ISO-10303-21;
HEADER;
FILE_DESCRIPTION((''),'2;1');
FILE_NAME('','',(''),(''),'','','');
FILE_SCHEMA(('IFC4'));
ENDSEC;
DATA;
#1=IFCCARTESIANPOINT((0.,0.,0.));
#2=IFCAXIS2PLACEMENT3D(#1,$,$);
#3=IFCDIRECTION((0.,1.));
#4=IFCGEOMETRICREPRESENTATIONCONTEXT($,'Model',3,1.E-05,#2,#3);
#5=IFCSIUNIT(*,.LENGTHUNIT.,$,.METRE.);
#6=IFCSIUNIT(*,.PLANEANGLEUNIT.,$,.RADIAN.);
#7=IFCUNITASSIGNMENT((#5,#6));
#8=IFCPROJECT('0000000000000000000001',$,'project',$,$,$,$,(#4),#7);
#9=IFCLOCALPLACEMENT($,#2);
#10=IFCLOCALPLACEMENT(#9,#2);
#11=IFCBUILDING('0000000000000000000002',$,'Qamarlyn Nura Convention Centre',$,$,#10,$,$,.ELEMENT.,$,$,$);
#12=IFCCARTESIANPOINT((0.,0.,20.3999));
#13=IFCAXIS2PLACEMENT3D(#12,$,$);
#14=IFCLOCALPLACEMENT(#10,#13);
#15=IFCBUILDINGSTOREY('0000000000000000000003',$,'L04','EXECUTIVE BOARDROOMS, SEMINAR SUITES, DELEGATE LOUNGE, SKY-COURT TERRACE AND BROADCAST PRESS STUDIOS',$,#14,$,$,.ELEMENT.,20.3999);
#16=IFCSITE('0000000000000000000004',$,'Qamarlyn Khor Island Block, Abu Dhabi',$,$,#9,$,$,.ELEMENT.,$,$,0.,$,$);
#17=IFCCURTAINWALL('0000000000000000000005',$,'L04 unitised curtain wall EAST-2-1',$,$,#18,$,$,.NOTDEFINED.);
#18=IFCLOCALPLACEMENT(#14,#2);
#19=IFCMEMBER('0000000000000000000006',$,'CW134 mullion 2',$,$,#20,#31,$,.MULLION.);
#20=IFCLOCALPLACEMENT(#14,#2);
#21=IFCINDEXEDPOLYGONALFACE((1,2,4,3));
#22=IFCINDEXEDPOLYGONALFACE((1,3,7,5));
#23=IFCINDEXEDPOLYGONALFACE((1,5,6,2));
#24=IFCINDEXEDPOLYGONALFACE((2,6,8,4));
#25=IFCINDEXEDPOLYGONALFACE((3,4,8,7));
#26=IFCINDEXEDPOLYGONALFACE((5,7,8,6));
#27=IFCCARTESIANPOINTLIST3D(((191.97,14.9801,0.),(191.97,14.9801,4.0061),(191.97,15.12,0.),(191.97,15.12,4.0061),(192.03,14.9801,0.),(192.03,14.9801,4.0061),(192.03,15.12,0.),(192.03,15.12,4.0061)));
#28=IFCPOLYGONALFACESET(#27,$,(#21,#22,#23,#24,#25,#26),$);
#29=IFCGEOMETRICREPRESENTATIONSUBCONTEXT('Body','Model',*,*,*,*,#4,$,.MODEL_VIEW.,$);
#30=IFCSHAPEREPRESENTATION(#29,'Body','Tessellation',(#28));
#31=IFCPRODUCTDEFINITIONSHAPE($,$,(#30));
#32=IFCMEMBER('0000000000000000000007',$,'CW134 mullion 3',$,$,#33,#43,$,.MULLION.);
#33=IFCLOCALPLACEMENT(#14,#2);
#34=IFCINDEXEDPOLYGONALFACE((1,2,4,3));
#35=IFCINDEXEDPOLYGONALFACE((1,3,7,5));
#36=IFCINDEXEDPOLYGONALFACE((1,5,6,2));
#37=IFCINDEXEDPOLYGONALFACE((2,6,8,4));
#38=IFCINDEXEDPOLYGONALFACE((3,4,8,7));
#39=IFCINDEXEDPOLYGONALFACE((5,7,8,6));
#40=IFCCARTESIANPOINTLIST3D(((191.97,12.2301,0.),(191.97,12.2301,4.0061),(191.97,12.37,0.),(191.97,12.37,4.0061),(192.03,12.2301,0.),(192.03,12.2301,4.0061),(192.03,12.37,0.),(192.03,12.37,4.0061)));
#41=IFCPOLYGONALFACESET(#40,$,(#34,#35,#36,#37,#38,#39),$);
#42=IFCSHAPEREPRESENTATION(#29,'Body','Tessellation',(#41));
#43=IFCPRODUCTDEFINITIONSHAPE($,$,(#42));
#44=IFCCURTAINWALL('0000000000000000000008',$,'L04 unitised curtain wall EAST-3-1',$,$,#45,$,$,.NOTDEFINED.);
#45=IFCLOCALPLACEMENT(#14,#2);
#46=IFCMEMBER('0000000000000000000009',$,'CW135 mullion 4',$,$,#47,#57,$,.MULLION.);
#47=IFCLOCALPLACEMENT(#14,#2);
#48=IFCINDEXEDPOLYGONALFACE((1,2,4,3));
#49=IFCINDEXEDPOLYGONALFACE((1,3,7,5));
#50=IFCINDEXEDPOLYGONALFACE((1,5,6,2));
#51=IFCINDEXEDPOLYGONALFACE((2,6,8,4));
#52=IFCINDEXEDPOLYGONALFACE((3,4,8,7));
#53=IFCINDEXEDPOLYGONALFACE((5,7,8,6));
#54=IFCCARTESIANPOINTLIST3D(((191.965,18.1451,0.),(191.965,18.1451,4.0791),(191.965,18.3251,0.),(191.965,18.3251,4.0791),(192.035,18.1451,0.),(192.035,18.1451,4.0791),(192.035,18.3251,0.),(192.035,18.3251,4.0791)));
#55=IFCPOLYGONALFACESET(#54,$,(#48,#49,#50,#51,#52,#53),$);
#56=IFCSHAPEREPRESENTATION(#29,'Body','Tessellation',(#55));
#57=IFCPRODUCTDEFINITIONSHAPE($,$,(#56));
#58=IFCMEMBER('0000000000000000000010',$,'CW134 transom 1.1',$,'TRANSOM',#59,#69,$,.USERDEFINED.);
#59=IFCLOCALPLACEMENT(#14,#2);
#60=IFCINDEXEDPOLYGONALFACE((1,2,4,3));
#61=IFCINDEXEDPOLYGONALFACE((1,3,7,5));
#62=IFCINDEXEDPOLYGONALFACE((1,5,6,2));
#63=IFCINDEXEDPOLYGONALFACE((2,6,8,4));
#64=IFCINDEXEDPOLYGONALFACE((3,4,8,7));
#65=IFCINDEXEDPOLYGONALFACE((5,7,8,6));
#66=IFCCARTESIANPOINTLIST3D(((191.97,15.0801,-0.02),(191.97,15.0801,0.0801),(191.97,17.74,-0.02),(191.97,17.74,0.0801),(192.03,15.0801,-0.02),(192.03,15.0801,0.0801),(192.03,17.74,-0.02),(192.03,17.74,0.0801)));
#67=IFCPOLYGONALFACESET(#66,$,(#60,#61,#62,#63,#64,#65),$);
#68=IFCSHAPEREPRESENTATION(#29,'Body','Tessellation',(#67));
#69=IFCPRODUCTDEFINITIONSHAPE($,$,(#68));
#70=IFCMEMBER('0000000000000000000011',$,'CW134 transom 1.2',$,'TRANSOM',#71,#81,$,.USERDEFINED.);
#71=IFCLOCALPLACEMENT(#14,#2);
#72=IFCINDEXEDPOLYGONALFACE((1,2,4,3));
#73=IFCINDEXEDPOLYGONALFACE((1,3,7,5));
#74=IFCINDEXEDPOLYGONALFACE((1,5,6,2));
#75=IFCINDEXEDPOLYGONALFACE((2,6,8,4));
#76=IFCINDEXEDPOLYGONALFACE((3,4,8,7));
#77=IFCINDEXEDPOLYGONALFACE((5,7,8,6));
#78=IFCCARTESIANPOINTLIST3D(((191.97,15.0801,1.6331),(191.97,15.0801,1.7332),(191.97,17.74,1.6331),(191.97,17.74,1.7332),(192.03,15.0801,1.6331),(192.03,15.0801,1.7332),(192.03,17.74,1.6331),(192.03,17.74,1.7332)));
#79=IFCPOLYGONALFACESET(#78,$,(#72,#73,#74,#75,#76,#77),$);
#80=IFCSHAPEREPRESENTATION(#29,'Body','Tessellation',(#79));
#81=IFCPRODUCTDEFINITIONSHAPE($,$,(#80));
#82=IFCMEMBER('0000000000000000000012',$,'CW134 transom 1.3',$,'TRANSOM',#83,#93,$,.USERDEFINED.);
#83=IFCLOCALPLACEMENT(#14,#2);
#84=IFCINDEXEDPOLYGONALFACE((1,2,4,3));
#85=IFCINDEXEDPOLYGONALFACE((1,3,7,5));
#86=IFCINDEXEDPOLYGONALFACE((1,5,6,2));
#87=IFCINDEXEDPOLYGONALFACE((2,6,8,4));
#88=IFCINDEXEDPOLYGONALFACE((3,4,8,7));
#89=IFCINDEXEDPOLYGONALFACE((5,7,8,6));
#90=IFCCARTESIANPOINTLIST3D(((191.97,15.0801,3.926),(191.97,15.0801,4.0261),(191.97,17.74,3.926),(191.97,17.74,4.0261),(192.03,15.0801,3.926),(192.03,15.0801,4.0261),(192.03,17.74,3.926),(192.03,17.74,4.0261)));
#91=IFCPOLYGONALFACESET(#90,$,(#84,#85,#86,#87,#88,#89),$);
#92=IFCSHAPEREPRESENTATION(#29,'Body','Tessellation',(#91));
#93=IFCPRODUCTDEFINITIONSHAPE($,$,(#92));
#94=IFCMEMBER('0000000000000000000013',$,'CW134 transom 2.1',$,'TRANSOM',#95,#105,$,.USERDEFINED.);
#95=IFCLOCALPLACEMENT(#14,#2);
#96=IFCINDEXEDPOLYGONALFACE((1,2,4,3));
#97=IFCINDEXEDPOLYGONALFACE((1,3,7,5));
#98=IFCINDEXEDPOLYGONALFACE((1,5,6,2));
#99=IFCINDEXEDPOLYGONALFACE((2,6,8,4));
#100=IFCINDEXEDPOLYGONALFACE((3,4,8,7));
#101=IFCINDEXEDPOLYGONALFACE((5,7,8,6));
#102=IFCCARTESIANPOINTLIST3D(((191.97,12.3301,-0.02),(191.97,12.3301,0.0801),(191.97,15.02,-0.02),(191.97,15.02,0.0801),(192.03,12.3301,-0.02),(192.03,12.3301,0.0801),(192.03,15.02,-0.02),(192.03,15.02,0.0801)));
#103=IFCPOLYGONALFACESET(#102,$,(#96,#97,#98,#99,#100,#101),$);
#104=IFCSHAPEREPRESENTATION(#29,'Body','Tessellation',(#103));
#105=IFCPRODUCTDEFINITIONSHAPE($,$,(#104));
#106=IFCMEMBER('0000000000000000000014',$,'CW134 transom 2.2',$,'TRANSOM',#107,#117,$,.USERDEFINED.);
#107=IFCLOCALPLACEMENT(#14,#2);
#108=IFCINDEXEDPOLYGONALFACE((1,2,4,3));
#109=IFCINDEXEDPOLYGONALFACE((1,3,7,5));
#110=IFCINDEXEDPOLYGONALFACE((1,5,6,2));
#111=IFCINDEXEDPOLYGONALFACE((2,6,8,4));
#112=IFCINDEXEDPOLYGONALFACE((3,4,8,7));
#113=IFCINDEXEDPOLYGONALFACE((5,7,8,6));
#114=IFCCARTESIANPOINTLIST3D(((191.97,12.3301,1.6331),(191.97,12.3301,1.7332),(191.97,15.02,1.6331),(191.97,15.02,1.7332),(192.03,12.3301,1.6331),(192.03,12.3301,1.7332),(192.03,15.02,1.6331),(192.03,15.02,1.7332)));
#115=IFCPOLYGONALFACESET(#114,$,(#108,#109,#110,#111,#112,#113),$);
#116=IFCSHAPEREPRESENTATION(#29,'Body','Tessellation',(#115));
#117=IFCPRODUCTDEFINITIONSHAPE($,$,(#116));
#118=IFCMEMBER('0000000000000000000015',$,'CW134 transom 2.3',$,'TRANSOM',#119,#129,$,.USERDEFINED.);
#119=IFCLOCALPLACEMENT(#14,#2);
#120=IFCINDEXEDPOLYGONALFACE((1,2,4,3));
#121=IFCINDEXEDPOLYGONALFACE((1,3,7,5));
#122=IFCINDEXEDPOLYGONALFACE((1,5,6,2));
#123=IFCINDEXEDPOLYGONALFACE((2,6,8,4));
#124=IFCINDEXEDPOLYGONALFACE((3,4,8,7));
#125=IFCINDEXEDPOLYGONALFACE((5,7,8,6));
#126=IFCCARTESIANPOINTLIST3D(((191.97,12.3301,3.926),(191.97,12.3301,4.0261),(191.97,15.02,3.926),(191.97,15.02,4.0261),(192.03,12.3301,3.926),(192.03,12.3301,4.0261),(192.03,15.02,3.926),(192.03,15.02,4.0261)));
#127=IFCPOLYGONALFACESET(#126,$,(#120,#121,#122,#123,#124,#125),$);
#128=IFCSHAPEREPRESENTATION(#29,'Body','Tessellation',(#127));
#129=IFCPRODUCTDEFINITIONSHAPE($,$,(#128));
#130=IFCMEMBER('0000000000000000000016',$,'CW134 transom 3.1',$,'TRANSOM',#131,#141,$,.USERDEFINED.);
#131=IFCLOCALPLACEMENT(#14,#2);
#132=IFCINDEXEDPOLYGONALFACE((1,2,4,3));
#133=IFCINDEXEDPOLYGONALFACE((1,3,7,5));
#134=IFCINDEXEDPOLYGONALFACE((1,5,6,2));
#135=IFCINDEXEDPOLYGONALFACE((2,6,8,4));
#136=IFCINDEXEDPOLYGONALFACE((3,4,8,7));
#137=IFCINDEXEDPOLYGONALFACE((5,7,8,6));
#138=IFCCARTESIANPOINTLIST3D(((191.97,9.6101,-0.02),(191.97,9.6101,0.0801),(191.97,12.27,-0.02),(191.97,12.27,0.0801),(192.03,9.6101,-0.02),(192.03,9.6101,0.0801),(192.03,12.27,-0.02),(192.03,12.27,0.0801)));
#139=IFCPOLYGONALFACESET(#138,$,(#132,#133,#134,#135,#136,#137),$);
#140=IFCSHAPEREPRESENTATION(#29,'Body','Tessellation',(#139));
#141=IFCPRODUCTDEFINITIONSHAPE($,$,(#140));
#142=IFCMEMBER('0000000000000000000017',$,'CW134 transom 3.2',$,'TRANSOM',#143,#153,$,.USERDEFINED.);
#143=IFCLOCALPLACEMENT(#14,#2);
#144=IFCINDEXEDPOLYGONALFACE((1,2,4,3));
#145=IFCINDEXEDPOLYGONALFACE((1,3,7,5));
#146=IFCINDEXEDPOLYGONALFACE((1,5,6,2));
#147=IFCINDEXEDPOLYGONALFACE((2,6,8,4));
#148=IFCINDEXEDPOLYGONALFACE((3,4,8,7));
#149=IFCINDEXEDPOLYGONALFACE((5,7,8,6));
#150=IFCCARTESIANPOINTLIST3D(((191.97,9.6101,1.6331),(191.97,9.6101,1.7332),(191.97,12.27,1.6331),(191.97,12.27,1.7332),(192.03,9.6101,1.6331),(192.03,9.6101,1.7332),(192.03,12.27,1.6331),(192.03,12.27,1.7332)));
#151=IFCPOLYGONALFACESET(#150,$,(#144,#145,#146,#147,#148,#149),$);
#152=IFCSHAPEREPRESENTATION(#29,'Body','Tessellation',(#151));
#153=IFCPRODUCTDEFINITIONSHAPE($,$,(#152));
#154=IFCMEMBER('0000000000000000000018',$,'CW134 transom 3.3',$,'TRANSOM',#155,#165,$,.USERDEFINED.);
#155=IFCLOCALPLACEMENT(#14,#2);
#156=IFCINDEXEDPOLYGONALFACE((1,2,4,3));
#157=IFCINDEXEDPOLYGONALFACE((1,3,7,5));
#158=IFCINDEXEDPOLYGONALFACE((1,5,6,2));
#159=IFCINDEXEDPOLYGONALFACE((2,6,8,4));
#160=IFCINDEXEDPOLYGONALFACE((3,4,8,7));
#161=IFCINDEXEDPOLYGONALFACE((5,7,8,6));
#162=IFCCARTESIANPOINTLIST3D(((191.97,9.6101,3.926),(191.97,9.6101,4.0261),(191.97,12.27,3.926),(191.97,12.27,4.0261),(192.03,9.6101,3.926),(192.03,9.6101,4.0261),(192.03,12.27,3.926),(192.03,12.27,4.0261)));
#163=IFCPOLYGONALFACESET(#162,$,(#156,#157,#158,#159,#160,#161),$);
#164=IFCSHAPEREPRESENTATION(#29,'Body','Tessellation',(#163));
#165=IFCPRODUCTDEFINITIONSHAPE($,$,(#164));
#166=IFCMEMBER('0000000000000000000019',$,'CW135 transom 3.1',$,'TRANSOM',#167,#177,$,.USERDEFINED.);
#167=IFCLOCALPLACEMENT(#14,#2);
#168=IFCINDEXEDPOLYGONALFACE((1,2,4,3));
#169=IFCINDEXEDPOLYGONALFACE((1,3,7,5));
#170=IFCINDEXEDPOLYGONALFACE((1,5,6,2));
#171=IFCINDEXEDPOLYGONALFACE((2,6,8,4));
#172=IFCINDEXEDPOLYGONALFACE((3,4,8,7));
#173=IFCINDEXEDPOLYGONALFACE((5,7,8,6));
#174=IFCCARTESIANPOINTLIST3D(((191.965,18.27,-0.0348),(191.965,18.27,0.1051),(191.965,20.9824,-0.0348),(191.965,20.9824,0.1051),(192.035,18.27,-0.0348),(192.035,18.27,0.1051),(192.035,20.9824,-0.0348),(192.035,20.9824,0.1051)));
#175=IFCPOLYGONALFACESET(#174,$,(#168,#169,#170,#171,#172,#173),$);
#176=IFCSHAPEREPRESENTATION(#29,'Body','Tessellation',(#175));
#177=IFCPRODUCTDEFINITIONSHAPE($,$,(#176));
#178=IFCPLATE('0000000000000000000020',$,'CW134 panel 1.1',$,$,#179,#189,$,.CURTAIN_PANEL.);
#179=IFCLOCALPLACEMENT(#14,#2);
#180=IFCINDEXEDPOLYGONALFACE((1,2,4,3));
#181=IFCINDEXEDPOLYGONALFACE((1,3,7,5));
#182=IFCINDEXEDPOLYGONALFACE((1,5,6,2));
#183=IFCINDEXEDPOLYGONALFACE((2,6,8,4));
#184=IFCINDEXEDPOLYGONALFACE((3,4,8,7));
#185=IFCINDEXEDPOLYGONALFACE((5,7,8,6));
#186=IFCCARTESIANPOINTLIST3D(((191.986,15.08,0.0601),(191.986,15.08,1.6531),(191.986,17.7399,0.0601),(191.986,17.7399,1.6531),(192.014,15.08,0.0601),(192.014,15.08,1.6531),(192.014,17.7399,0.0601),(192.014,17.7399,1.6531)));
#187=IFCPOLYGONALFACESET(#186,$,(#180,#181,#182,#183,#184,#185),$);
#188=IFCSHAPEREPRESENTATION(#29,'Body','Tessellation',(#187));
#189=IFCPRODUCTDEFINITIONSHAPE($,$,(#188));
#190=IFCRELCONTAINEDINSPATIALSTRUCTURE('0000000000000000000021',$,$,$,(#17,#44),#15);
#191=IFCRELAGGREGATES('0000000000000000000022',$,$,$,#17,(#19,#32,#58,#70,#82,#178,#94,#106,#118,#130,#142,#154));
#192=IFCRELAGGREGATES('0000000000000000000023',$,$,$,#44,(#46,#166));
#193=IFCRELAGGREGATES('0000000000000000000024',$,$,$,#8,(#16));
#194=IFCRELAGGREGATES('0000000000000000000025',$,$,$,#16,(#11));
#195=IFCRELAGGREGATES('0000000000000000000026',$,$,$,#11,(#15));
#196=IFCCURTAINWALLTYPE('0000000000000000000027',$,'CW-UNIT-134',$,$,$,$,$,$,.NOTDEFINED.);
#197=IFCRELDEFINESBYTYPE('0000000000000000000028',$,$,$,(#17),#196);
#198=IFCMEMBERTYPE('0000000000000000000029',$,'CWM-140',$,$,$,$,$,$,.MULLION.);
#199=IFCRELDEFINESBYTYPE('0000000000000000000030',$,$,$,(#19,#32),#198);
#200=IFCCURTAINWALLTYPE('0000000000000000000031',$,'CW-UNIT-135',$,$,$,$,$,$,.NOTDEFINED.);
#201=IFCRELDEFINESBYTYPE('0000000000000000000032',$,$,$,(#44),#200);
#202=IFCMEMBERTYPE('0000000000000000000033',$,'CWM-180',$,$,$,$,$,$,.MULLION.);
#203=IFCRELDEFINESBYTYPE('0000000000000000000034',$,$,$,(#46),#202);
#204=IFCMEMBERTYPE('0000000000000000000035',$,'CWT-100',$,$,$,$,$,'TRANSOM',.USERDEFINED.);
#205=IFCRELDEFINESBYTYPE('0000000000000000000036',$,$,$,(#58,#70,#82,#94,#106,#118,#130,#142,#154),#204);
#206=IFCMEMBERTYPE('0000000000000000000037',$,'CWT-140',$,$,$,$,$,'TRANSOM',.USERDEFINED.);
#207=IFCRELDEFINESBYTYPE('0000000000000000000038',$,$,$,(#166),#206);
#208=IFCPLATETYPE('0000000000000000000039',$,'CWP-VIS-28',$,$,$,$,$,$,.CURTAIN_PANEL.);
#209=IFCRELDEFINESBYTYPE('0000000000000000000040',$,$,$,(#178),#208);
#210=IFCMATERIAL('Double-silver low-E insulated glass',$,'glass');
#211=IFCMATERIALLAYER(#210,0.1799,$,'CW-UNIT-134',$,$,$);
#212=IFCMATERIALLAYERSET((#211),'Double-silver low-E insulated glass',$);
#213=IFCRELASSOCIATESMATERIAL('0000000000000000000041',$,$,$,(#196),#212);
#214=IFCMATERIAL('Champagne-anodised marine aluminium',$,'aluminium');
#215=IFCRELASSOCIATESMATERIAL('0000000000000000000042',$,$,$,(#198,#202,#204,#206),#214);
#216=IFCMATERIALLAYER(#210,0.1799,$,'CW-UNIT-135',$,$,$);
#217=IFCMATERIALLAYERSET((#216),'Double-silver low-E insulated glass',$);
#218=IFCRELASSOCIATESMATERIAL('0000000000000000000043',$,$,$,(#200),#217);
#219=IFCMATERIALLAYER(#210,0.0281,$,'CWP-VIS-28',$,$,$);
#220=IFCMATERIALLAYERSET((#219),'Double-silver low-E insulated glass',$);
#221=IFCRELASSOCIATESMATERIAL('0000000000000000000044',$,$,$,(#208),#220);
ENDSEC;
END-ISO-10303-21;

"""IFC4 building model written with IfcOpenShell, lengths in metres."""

from ifc_helpers import new_model, si_unit, direction, frame, origin, origin_2d, place, context, subcontext, project, spatial, rectangle, extrude, material, layer, layer_set, material_profile, profile_set, type_object, element, aggregate, save


model = new_model("IFC4")

# Units and contexts
model_context = context("Model", 3, precision=1e-05, world=origin(), true_north=direction((0.0, 1.0)))
body_context = subcontext(model_context, "Body", "Model", "MODEL_VIEW")
ifc_project = project(units=[si_unit("LENGTHUNIT", "METRE"), si_unit("PLANEANGLEUNIT", "RADIAN")], contexts=[model_context])

# Site, building, storey
site_placement = place(None, origin())
site = spatial("IfcSite", under=ifc_project, at=site_placement, Name="Qamarlyn Khor Island Block, Abu Dhabi", CompositionType="ELEMENT", RefElevation=0.0)
building_placement = place(site_placement, origin())
building = spatial("IfcBuilding", under=site, at=building_placement, Name="Qamarlyn Nura Convention Centre", CompositionType="ELEMENT")
storey_placement = place(building_placement, frame((0.0, 0.0, 20.3999)))
storey = spatial("IfcBuildingStorey", under=building, at=storey_placement, Name="L04", Description="EXECUTIVE BOARDROOMS, SEMINAR SUITES, DELEGATE LOUNGE, SKY-COURT TERRACE AND BROADCAST PRESS STUDIOS", CompositionType="ELEMENT", Elevation=20.3999)

# Curtain wall, members
ifc_material_1 = material(Name="Double-silver low-E insulated glass", Category="glass")
ifc_layer_1 = layer(ifc_material_1, 0.1799, Name="CW-UNIT-134")
ifc_layer_set_1 = layer_set([ifc_layer_1], Name="Double-silver low-E insulated glass")
curtain_wall_type_1 = type_object("IfcCurtainWallType", Name="CW-UNIT-134", PredefinedType="NOTDEFINED", material=ifc_layer_set_1)
curtain_wall_1_placement = place(storey_placement, origin())
curtain_wall_1 = element("IfcCurtainWall", 1, at=curtain_wall_1_placement, inside=storey, type_object=curtain_wall_type_1, Name="L04 unitised curtain wall EAST-2-1", PredefinedType="NOTDEFINED")
ifc_material_2 = material(Name="Champagne-anodised marine aluminium", Category="aluminium")
ifc_material_profile_1 = material_profile(ifc_material_2, rectangle(XDim=0.0601, YDim=0.1399, at=origin_2d()), Name="ALU MULLION 60x140")
ifc_profile_set_1 = profile_set([ifc_material_profile_1], Name="Champagne-anodised marine aluminium")
member_type_1 = type_object("IfcMemberType", Name="CWM-140", PredefinedType="MULLION", material=ifc_profile_set_1)
member_1_placement = place(storey_placement, frame((192.0, 15.05, 0.0), z_axis=(0.0, 0.0, 1.0), x_axis=(1.0, 0.0, 0.0)))
member_1 = element("IfcMember", 2, at=member_1_placement, type_object=member_type_1, Name="CW134 mullion 2", PredefinedType="MULLION", context=body_context, shape_type="SweptSolid", body=[
    extrude(rectangle(XDim=0.0601, YDim=0.1399, at=origin_2d()), origin(), (0.0, 0.0, 1.0), 4.0061),
])
member_2_placement = place(storey_placement, frame((192.0, 12.3, 0.0), z_axis=(0.0, 0.0, 1.0), x_axis=(1.0, 0.0, 0.0)))
member_2 = element("IfcMember", 3, at=member_2_placement, type_object=member_type_1, Name="CW134 mullion 3", PredefinedType="MULLION", context=body_context, shape_type="SweptSolid", body=[
    extrude(rectangle(XDim=0.0601, YDim=0.1399, at=origin_2d()), origin(), (0.0, 0.0, 1.0), 4.0061),
])

# Curtain wall, member
ifc_layer_2 = layer(ifc_material_1, 0.1799, Name="CW-UNIT-135")
ifc_layer_set_2 = layer_set([ifc_layer_2], Name="Double-silver low-E insulated glass")
curtain_wall_type_2 = type_object("IfcCurtainWallType", Name="CW-UNIT-135", PredefinedType="NOTDEFINED", material=ifc_layer_set_2)
curtain_wall_2_placement = place(storey_placement, origin())
curtain_wall_2 = element("IfcCurtainWall", 4, at=curtain_wall_2_placement, inside=storey, type_object=curtain_wall_type_2, Name="L04 unitised curtain wall EAST-3-1", PredefinedType="NOTDEFINED")
ifc_material_profile_2 = material_profile(ifc_material_2, rectangle(XDim=0.0701, YDim=0.1799, at=origin_2d()), Name="ALU MULLION 70x180")
ifc_profile_set_2 = profile_set([ifc_material_profile_2], Name="Champagne-anodised marine aluminium")
member_type_2 = type_object("IfcMemberType", Name="CWM-180", PredefinedType="MULLION", material=ifc_profile_set_2)
member_3_placement = place(storey_placement, frame((192.0, 18.2351, 0.0), z_axis=(0.0, 0.0, 1.0), x_axis=(1.0, 0.0, 0.0)))
member_3 = element("IfcMember", 5, at=member_3_placement, type_object=member_type_2, Name="CW135 mullion 4", PredefinedType="MULLION", context=body_context, shape_type="SweptSolid", body=[
    extrude(rectangle(XDim=0.0701, YDim=0.1799, at=origin_2d()), origin(), (0.0, 0.0, 1.0), 4.0791),
])

# Members
ifc_material_profile_3 = material_profile(ifc_material_2, rectangle(XDim=0.0601, YDim=0.1001, at=origin_2d()), Name="ALU TRANSOM 60x100")
ifc_profile_set_3 = profile_set([ifc_material_profile_3], Name="Champagne-anodised marine aluminium")
member_type_3 = type_object("IfcMemberType", Name="CWT-100", ElementType="TRANSOM", PredefinedType="USERDEFINED", material=ifc_profile_set_3)
member_4_placement = place(storey_placement, frame((192.0, 17.74, 0.03), z_axis=(0.0, -1.0, 0.0), x_axis=(1.0, 0.0, 0.0)))
member_4 = element("IfcMember", 6, at=member_4_placement, type_object=member_type_3, Name="CW134 transom 1.1", ObjectType="TRANSOM", PredefinedType="USERDEFINED", context=body_context, shape_type="SweptSolid", body=[
    extrude(rectangle(XDim=0.0601, YDim=0.1001, at=origin_2d()), origin(), (0.0, 0.0, 1.0), 2.6599),
])
member_5_placement = place(storey_placement, frame((192.0, 17.74, 1.6831), z_axis=(0.0, -1.0, 0.0), x_axis=(1.0, 0.0, 0.0)))
member_5 = element("IfcMember", 7, at=member_5_placement, type_object=member_type_3, Name="CW134 transom 1.2", ObjectType="TRANSOM", PredefinedType="USERDEFINED", context=body_context, shape_type="SweptSolid", body=[
    extrude(rectangle(XDim=0.0601, YDim=0.1001, at=origin_2d()), origin(), (0.0, 0.0, 1.0), 2.6599),
])
member_6_placement = place(storey_placement, frame((192.0, 17.74, 3.9761), z_axis=(0.0, -1.0, 0.0), x_axis=(1.0, 0.0, 0.0)))
member_6 = element("IfcMember", 8, at=member_6_placement, type_object=member_type_3, Name="CW134 transom 1.3", ObjectType="TRANSOM", PredefinedType="USERDEFINED", context=body_context, shape_type="SweptSolid", body=[
    extrude(rectangle(XDim=0.0601, YDim=0.1001, at=origin_2d()), origin(), (0.0, 0.0, 1.0), 2.6599),
])
member_7_placement = place(storey_placement, frame((192.0, 15.02, 0.03), z_axis=(0.0, -1.0, 0.0), x_axis=(1.0, 0.0, 0.0)))
member_7 = element("IfcMember", 9, at=member_7_placement, type_object=member_type_3, Name="CW134 transom 2.1", ObjectType="TRANSOM", PredefinedType="USERDEFINED", context=body_context, shape_type="SweptSolid", body=[
    extrude(rectangle(XDim=0.0601, YDim=0.1001, at=origin_2d()), origin(), (0.0, 0.0, 1.0), 2.6899),
])
member_8_placement = place(storey_placement, frame((192.0, 15.02, 1.6831), z_axis=(0.0, -1.0, 0.0), x_axis=(1.0, 0.0, 0.0)))
member_8 = element("IfcMember", 10, at=member_8_placement, type_object=member_type_3, Name="CW134 transom 2.2", ObjectType="TRANSOM", PredefinedType="USERDEFINED", context=body_context, shape_type="SweptSolid", body=[
    extrude(rectangle(XDim=0.0601, YDim=0.1001, at=origin_2d()), origin(), (0.0, 0.0, 1.0), 2.6899),
])
member_9_placement = place(storey_placement, frame((192.0, 15.02, 3.9761), z_axis=(0.0, -1.0, 0.0), x_axis=(1.0, 0.0, 0.0)))
member_9 = element("IfcMember", 11, at=member_9_placement, type_object=member_type_3, Name="CW134 transom 2.3", ObjectType="TRANSOM", PredefinedType="USERDEFINED", context=body_context, shape_type="SweptSolid", body=[
    extrude(rectangle(XDim=0.0601, YDim=0.1001, at=origin_2d()), origin(), (0.0, 0.0, 1.0), 2.6899),
])
member_10_placement = place(storey_placement, frame((192.0, 12.27, 0.03), z_axis=(0.0, -1.0, 0.0), x_axis=(1.0, 0.0, 0.0)))
member_10 = element("IfcMember", 12, at=member_10_placement, type_object=member_type_3, Name="CW134 transom 3.1", ObjectType="TRANSOM", PredefinedType="USERDEFINED", context=body_context, shape_type="SweptSolid", body=[
    extrude(rectangle(XDim=0.0601, YDim=0.1001, at=origin_2d()), origin(), (0.0, 0.0, 1.0), 2.6599),
])
member_11_placement = place(storey_placement, frame((192.0, 12.27, 1.6831), z_axis=(0.0, -1.0, 0.0), x_axis=(1.0, 0.0, 0.0)))
member_11 = element("IfcMember", 13, at=member_11_placement, type_object=member_type_3, Name="CW134 transom 3.2", ObjectType="TRANSOM", PredefinedType="USERDEFINED", context=body_context, shape_type="SweptSolid", body=[
    extrude(rectangle(XDim=0.0601, YDim=0.1001, at=origin_2d()), origin(), (0.0, 0.0, 1.0), 2.6599),
])
member_12_placement = place(storey_placement, frame((192.0, 12.27, 3.9761), z_axis=(0.0, -1.0, 0.0), x_axis=(1.0, 0.0, 0.0)))
member_12 = element("IfcMember", 14, at=member_12_placement, type_object=member_type_3, Name="CW134 transom 3.3", ObjectType="TRANSOM", PredefinedType="USERDEFINED", context=body_context, shape_type="SweptSolid", body=[
    extrude(rectangle(XDim=0.0601, YDim=0.1001, at=origin_2d()), origin(), (0.0, 0.0, 1.0), 2.6599),
])
ifc_material_profile_4 = material_profile(ifc_material_2, rectangle(XDim=0.0701, YDim=0.1399, at=origin_2d()), Name="ALU TRANSOM 70x140")
ifc_profile_set_4 = profile_set([ifc_material_profile_4], Name="Champagne-anodised marine aluminium")
member_type_4 = type_object("IfcMemberType", Name="CWT-140", ElementType="TRANSOM", PredefinedType="USERDEFINED", material=ifc_profile_set_4)
member_13_placement = place(storey_placement, frame((192.0, 20.9824, 0.0352), z_axis=(0.0, -1.0, 0.0), x_axis=(1.0, 0.0, 0.0)))
member_13 = element("IfcMember", 15, at=member_13_placement, type_object=member_type_4, Name="CW135 transom 3.1", ObjectType="TRANSOM", PredefinedType="USERDEFINED", context=body_context, shape_type="SweptSolid", body=[
    extrude(rectangle(XDim=0.0701, YDim=0.1399, at=origin_2d()), origin(), (0.0, 0.0, 1.0), 2.7124),
])

# Plate
ifc_layer_3 = layer(ifc_material_1, 0.0281, Name="CWP-VIS-28")
ifc_layer_set_3 = layer_set([ifc_layer_3], Name="Double-silver low-E insulated glass")
plate_type_1 = type_object("IfcPlateType", Name="CWP-VIS-28", PredefinedType="CURTAIN_PANEL", material=ifc_layer_set_3)
plate_1_placement = place(storey_placement, frame((192.0, 16.4099, 0.0601), z_axis=(0.0, 0.0, 1.0), x_axis=(0.0, -1.0, 0.0)))
plate_1 = element("IfcPlate", 16, at=plate_1_placement, type_object=plate_type_1, Name="CW134 panel 1.1", PredefinedType="CURTAIN_PANEL", context=body_context, shape_type="SweptSolid", body=[
    extrude(rectangle(XDim=2.6599, YDim=0.0281, at=origin_2d()), origin(), (0.0, 0.0, 1.0), 1.593),
])
aggregate(curtain_wall_1, [member_1, member_2, member_4, member_5, member_6, plate_1, member_7, member_8, member_9, member_10, member_11, member_12])
aggregate(curtain_wall_2, [member_3, member_13])

save(model, "model.ifc")
